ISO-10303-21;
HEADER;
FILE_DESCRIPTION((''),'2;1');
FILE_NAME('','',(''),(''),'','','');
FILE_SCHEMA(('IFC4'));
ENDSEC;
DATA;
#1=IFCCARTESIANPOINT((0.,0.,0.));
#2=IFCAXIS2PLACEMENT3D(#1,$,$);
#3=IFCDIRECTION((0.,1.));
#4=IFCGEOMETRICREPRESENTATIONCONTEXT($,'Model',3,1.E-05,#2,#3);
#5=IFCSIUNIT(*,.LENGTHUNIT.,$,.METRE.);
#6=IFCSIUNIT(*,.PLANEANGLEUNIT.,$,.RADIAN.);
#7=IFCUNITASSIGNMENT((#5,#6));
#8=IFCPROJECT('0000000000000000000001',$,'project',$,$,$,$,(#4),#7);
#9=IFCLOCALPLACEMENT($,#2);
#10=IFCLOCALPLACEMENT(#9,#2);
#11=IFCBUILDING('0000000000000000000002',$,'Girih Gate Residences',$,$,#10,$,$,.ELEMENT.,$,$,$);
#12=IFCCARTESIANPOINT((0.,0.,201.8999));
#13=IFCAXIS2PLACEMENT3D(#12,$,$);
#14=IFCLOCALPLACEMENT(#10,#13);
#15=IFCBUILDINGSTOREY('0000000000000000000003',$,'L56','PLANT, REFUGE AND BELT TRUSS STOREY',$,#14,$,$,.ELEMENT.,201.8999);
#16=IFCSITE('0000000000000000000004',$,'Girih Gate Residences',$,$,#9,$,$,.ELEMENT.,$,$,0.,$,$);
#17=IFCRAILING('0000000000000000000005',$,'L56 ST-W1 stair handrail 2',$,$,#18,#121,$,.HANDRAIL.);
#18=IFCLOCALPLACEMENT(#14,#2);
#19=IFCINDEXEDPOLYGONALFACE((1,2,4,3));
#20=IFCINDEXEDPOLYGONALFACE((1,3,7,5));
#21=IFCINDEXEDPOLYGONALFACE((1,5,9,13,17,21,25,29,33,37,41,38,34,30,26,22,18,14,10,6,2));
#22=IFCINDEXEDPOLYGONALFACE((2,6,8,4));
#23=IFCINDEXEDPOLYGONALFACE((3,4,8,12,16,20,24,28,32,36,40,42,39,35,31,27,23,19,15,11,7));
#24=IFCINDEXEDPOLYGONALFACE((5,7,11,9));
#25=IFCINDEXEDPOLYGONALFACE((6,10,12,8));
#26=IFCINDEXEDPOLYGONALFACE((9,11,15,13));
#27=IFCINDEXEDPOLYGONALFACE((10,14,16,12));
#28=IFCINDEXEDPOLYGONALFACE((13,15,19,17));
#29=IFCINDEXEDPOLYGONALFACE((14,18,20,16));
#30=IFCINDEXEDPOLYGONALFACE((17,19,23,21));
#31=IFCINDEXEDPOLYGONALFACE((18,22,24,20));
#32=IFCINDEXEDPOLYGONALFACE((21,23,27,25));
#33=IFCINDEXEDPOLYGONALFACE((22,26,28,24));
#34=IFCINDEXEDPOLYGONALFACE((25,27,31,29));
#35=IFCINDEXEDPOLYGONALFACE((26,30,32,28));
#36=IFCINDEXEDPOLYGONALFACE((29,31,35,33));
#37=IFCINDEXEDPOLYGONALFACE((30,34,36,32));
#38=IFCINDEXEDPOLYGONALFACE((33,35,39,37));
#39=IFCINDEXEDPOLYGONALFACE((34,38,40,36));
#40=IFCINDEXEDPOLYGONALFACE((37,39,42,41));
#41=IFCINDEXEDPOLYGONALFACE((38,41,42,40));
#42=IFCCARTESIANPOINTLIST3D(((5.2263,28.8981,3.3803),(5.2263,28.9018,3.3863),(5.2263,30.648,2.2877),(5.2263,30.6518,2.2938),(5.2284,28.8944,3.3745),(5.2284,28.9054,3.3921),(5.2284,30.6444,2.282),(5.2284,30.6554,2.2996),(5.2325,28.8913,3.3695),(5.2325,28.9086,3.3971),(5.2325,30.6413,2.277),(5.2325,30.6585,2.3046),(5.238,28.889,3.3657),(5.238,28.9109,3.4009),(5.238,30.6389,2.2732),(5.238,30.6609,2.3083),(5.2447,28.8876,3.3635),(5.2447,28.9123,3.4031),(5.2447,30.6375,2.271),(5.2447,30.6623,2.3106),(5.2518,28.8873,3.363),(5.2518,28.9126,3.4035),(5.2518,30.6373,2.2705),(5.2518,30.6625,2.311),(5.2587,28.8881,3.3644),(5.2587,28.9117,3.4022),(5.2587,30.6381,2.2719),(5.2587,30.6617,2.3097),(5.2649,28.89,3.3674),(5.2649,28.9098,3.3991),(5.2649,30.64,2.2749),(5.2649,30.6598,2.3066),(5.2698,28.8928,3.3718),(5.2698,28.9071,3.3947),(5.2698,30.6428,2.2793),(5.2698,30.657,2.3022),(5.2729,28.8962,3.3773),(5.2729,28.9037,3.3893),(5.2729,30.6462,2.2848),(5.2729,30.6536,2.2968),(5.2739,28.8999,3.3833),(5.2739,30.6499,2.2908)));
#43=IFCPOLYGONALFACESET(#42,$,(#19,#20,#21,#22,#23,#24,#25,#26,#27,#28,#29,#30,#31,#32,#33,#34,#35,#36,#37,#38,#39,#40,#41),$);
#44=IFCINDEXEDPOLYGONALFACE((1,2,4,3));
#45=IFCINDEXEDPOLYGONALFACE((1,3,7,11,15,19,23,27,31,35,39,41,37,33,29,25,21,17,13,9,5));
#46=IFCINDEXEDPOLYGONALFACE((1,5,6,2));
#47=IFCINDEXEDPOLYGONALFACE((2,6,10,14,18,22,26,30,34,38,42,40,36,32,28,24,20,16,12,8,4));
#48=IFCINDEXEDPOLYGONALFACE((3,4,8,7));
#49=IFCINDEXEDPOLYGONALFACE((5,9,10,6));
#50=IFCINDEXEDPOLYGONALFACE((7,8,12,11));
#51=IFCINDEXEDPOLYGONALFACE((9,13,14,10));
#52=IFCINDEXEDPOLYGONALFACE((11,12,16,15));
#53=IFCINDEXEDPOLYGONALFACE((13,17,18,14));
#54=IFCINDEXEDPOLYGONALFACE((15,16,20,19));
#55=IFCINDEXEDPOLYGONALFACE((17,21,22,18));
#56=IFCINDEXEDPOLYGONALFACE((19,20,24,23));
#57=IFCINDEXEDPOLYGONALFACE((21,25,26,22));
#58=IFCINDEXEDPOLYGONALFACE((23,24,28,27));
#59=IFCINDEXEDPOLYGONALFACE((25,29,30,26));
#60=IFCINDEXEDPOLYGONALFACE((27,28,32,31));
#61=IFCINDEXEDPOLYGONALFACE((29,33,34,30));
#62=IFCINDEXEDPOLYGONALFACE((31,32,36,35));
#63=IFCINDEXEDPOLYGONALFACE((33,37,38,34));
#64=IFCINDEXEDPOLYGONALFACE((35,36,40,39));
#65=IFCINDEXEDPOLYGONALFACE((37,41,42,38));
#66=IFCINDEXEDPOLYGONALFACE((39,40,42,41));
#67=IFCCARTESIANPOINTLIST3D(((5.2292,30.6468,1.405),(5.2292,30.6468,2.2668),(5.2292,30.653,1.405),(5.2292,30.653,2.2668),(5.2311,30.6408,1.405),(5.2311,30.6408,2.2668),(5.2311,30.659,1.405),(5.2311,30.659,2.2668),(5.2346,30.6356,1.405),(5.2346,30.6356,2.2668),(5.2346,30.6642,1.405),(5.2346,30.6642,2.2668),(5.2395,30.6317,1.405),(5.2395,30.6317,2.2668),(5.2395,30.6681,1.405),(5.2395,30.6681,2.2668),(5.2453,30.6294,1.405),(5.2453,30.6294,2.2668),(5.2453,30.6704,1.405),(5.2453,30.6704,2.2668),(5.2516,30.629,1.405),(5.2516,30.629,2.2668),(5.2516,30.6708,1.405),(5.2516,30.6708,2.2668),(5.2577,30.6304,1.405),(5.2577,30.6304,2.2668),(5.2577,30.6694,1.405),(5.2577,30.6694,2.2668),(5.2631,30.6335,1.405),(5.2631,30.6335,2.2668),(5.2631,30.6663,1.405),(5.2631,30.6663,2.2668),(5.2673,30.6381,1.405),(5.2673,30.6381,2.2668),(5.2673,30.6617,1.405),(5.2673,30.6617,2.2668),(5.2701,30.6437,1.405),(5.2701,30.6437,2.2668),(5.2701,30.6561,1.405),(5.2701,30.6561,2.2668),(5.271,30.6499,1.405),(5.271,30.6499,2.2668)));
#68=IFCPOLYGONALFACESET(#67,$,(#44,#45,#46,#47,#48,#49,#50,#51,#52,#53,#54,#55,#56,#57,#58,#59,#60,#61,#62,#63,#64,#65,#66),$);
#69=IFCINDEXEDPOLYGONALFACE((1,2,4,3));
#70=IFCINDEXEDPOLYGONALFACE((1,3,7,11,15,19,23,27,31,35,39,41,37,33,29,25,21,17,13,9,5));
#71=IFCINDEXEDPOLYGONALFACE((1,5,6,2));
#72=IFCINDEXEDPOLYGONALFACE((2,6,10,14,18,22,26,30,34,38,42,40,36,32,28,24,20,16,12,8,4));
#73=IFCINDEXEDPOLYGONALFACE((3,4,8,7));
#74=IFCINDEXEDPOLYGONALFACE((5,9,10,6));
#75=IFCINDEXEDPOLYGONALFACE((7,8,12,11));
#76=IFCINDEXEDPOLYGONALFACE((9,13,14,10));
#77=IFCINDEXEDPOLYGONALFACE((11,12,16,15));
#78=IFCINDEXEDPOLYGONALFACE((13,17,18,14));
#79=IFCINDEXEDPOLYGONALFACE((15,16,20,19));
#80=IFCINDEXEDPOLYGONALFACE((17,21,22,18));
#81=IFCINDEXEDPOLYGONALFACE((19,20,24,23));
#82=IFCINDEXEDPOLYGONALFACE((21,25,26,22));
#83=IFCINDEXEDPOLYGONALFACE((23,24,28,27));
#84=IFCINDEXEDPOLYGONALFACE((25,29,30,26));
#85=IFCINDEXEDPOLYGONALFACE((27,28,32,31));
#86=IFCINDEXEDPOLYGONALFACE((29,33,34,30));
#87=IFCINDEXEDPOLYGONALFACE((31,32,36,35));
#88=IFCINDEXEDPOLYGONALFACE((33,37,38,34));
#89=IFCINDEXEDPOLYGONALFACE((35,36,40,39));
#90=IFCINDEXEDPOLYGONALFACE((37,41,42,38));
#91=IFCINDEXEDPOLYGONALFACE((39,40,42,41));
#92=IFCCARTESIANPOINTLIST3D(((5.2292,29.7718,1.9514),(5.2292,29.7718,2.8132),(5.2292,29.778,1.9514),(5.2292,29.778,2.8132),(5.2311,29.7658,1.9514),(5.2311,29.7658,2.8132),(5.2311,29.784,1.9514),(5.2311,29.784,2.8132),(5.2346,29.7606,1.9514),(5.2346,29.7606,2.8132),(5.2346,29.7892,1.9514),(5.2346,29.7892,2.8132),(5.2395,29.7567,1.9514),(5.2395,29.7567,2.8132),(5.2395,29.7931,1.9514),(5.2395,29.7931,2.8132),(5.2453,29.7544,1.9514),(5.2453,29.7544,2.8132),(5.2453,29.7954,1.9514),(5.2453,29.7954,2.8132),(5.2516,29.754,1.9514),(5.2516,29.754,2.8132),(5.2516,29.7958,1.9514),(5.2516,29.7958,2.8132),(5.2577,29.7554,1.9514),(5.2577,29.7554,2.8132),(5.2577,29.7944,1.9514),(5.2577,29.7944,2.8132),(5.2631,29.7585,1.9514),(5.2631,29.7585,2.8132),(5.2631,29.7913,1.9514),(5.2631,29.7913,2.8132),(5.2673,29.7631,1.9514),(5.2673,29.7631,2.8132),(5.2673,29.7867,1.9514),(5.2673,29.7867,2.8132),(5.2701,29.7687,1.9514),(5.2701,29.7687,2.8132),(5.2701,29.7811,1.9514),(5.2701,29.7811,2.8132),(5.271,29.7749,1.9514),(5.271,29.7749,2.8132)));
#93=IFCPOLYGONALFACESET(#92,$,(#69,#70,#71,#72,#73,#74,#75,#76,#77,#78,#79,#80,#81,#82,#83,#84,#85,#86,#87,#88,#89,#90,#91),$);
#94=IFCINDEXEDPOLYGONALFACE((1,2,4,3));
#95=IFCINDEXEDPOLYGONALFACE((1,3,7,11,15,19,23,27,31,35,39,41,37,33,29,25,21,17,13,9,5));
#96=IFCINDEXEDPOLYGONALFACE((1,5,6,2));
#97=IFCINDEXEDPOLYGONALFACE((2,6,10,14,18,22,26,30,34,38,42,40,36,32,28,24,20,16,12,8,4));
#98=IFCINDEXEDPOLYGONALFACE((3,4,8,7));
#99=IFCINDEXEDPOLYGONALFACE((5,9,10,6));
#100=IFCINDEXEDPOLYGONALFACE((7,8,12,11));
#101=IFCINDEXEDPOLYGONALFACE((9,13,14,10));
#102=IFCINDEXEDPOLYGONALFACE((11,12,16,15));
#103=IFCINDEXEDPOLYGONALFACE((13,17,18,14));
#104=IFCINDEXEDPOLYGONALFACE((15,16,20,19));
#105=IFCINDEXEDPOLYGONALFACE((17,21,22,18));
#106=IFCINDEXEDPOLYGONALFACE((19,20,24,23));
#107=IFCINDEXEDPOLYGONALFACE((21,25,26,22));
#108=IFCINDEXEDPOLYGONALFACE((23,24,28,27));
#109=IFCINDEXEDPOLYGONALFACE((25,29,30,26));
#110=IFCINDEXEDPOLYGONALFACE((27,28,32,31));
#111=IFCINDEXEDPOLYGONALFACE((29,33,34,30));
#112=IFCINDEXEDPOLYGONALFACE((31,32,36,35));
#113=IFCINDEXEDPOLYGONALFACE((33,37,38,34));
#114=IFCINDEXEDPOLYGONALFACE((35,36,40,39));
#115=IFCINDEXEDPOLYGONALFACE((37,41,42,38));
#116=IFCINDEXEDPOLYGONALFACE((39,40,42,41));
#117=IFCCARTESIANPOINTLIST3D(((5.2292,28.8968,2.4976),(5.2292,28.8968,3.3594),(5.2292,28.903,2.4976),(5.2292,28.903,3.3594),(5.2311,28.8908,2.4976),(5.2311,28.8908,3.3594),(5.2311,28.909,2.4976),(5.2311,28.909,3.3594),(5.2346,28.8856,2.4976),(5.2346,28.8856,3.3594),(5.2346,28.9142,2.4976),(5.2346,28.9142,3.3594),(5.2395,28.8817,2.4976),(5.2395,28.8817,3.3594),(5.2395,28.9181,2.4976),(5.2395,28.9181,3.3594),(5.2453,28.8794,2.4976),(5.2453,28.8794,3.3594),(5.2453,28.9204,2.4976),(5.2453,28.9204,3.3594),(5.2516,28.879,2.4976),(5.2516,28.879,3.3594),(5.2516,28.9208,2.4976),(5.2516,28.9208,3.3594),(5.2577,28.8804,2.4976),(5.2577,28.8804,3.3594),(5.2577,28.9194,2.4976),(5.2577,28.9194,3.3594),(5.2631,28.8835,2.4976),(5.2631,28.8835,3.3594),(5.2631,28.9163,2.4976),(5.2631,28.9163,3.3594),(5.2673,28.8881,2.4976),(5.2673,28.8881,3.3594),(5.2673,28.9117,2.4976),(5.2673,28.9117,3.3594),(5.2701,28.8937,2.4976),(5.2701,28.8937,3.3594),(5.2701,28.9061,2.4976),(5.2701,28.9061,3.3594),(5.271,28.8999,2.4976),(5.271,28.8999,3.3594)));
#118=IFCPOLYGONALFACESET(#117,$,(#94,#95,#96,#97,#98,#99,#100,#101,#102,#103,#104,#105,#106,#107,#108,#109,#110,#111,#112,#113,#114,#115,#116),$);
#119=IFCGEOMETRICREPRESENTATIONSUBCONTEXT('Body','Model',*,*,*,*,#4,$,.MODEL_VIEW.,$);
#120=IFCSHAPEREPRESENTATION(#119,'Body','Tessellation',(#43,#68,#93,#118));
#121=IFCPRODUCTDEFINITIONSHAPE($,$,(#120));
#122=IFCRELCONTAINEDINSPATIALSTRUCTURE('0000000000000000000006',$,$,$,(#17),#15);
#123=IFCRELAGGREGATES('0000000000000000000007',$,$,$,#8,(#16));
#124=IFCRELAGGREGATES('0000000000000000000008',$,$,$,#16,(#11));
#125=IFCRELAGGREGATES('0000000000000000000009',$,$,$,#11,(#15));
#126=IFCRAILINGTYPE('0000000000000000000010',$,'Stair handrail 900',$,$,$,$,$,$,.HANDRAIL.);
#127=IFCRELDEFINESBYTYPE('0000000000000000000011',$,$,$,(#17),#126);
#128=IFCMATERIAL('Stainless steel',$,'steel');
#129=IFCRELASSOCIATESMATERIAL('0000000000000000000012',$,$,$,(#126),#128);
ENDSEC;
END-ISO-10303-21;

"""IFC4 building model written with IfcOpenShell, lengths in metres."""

from ifc_helpers import new_model, si_unit, direction, frame, origin, origin_2d, place, context, subcontext, project, spatial, circle, extrude, material, type_object, element, save


model = new_model("IFC4")

# Units and contexts
model_context = context("Model", 3, precision=1e-05, world=origin(), true_north=direction((0.0, 1.0)))
body_context = subcontext(model_context, "Body", "Model", "MODEL_VIEW")
ifc_project = project(units=[si_unit("LENGTHUNIT", "METRE"), si_unit("PLANEANGLEUNIT", "RADIAN")], contexts=[model_context])

# Site, building, storey
site_placement = place(None, origin())
site = spatial("IfcSite", under=ifc_project, at=site_placement, Name="Girih Gate Residences", CompositionType="ELEMENT", RefElevation=0.0)
building_placement = place(site_placement, origin())
building = spatial("IfcBuilding", under=site, at=building_placement, Name="Girih Gate Residences", CompositionType="ELEMENT")
storey_placement = place(building_placement, frame((0.0, 0.0, 201.8999)))
storey = spatial("IfcBuildingStorey", under=building, at=storey_placement, Name="L56", Description="PLANT, REFUGE AND BELT TRUSS STOREY", CompositionType="ELEMENT", Elevation=201.8999)

# Shared definitions
ifc_material_1 = material(Name="Stainless steel", Category="steel")

# Railing
railing_type_1 = type_object("IfcRailingType", Name="Stair handrail 900", PredefinedType="HANDRAIL", material=ifc_material_1)
railing_1_placement = place(storey_placement, frame((5.25, 30.6499, 1.405)))
element("IfcRailing", 1, at=railing_1_placement, inside=storey, type_object=railing_type_1, Name="L56 ST-W1 stair handrail 2", PredefinedType="HANDRAIL", context=body_context, shape_type="SweptSolid", body=[
    extrude(circle(Radius=0.0239, at=origin_2d()), frame((0.0, 0.0, 0.8857), z_axis=(0.0, -0.848264, 0.529573), x_axis=(1.0, 0.0, 0.0)), (0.0, 0.0, 1.0), 2.063),
    extrude(circle(Radius=0.021, at=origin_2d()), origin(), (0.0, 0.0, 1.0), 0.8618),
    extrude(circle(Radius=0.021, at=origin_2d()), frame((0.0, -0.875, 0.5464)), (0.0, 0.0, 1.0), 0.8618),
    extrude(circle(Radius=0.021, at=origin_2d()), frame((0.0, -1.75, 1.0925)), (0.0, 0.0, 1.0), 0.8618),
])

save(model, "model.ifc")
